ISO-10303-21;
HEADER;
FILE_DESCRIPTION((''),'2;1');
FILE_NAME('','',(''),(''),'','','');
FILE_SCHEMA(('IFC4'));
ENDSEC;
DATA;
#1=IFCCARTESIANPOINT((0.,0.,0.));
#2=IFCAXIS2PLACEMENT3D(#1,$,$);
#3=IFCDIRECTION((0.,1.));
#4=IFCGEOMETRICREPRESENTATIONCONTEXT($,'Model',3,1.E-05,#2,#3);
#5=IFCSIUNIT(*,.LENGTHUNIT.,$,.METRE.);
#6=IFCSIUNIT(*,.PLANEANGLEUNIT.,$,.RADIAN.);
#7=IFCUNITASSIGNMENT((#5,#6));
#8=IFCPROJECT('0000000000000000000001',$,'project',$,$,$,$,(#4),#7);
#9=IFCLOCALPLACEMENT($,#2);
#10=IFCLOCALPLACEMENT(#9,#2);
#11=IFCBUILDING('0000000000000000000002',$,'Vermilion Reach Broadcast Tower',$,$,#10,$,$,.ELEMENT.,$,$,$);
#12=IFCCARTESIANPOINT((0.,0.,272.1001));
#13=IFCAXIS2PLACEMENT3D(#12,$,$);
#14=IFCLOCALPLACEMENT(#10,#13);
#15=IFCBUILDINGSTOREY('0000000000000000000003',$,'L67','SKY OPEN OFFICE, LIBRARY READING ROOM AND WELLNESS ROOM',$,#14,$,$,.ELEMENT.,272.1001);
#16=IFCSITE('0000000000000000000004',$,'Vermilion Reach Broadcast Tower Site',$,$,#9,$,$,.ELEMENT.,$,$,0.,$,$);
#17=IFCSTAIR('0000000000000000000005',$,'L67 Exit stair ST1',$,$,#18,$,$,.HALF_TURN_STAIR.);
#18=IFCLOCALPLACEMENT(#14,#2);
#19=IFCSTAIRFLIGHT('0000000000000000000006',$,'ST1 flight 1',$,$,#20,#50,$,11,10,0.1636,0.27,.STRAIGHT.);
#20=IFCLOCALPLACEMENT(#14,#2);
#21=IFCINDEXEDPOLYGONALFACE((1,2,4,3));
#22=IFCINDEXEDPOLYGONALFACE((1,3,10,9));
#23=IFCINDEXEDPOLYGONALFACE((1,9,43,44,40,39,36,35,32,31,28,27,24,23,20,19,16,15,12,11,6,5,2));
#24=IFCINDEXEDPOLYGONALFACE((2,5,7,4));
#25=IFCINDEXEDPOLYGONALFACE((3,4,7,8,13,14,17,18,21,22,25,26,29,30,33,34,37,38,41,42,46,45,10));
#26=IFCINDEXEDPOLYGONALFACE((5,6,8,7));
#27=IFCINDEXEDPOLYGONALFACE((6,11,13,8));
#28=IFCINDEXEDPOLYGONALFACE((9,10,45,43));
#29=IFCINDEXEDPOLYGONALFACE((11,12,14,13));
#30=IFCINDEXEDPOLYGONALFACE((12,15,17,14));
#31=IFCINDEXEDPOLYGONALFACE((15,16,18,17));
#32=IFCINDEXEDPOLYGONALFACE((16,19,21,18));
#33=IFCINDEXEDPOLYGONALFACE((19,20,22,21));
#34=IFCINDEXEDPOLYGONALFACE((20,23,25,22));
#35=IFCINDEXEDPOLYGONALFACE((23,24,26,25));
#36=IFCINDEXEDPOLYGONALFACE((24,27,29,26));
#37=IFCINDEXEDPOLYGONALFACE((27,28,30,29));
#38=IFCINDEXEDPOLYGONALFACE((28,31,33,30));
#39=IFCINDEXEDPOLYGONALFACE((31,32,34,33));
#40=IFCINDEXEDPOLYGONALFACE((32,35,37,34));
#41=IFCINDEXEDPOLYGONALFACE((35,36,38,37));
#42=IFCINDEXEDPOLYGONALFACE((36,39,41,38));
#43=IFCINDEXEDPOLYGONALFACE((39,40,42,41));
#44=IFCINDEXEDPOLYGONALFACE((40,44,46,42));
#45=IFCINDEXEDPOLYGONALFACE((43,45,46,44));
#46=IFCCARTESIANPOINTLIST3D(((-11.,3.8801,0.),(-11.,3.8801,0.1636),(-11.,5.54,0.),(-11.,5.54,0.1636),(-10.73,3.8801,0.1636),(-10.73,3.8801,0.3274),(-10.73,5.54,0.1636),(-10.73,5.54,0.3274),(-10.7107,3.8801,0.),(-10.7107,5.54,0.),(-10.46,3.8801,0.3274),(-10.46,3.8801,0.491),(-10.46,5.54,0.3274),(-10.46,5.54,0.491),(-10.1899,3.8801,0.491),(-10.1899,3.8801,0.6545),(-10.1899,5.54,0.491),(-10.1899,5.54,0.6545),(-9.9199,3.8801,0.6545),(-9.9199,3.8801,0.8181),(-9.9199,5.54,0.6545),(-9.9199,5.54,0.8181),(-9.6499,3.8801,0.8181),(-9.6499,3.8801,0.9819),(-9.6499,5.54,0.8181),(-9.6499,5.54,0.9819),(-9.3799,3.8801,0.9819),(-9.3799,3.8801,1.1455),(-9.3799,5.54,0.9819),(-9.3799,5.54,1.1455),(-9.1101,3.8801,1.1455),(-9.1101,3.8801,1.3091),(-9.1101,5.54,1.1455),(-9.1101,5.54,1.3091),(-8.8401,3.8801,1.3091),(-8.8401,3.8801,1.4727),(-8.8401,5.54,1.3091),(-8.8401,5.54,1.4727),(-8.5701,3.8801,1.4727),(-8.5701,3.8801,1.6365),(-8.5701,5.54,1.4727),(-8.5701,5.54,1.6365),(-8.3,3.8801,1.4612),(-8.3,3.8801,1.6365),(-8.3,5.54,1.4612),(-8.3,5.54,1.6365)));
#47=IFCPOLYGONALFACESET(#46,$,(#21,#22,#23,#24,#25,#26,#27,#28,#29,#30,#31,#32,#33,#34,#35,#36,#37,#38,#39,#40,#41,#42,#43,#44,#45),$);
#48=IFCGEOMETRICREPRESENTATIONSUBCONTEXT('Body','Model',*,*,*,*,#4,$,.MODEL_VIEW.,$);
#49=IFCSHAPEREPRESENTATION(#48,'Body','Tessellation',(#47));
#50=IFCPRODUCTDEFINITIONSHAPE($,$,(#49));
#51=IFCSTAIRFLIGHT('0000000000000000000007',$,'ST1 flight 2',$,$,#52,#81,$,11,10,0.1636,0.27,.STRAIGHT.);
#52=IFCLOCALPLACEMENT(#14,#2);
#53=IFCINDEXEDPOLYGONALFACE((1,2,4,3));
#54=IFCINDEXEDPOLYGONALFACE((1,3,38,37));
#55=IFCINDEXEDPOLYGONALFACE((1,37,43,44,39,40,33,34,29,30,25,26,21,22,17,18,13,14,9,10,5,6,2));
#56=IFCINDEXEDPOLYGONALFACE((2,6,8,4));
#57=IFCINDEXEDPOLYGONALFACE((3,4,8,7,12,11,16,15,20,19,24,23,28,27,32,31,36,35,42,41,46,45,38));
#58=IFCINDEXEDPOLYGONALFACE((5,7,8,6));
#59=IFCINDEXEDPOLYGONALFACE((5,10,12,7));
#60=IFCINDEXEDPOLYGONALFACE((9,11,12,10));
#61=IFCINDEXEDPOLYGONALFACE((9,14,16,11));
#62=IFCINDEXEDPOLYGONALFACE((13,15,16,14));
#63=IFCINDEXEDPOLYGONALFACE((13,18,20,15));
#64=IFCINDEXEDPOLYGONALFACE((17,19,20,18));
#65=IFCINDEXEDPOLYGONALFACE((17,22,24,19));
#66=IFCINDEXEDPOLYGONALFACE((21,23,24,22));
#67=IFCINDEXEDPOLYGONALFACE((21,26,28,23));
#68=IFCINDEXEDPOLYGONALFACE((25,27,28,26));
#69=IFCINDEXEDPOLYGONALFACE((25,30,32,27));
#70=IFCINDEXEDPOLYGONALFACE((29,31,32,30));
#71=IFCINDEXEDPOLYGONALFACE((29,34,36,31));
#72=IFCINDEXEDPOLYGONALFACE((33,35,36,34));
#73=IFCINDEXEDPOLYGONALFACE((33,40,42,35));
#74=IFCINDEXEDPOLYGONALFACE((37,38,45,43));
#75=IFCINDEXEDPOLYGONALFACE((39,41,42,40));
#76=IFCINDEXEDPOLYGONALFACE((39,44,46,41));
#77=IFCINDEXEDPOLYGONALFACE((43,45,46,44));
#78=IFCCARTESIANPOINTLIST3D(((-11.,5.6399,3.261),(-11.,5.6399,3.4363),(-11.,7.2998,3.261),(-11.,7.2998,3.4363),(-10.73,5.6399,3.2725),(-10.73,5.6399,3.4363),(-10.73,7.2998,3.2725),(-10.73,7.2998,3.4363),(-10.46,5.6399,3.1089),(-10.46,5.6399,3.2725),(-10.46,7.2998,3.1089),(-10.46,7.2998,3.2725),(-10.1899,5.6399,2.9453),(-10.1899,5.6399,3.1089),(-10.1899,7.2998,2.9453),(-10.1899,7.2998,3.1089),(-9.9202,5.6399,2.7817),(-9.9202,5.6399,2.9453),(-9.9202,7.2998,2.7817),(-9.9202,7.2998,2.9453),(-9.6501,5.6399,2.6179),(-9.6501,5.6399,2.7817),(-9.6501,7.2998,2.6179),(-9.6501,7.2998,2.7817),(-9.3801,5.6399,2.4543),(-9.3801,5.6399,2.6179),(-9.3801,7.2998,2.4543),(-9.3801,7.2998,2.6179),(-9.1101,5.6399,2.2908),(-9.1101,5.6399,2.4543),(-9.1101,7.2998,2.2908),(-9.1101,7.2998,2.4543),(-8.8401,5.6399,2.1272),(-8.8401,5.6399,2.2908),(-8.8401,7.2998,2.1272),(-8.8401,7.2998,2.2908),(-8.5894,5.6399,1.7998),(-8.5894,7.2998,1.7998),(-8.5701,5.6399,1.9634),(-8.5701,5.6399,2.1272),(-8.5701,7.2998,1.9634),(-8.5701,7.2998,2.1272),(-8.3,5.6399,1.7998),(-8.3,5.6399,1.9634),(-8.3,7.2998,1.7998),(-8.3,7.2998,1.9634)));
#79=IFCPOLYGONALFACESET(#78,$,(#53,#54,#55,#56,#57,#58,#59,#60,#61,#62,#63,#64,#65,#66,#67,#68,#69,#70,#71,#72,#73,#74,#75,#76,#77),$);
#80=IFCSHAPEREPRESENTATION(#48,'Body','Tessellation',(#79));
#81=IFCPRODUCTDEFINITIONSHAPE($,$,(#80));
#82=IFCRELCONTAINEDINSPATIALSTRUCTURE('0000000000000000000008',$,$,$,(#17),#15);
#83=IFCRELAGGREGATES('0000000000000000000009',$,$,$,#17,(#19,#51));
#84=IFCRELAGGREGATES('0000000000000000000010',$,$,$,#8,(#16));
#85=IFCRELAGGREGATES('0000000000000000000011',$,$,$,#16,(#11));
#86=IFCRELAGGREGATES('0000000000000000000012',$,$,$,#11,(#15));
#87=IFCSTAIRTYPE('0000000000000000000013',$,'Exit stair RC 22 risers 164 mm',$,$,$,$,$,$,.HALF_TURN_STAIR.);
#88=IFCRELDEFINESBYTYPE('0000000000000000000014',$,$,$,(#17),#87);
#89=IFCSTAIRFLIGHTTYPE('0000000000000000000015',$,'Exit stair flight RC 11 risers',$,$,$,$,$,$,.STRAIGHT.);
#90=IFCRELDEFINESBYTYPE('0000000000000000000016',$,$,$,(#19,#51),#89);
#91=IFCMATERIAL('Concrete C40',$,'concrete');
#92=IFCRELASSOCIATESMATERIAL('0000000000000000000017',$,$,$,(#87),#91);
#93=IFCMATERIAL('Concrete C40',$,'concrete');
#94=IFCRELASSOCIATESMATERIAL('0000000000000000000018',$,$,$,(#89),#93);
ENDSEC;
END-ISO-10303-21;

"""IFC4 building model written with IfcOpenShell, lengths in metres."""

from ifc_helpers import new_model, si_unit, direction, frame, origin, place, context, subcontext, project, spatial, polyline, outline, extrude, material, type_object, element, aggregate, save


model = new_model("IFC4")

# Units and contexts
model_context = context("Model", 3, precision=1e-05, world=origin(), true_north=direction((0.0, 1.0)))
body_context = subcontext(model_context, "Body", "Model", "MODEL_VIEW")
ifc_project = project(units=[si_unit("LENGTHUNIT", "METRE"), si_unit("PLANEANGLEUNIT", "RADIAN")], contexts=[model_context])

# Site, building, storey
site_placement = place(None, origin())
site = spatial("IfcSite", under=ifc_project, at=site_placement, Name="Vermilion Reach Broadcast Tower Site", CompositionType="ELEMENT", RefElevation=0.0)
building_placement = place(site_placement, origin())
building = spatial("IfcBuilding", under=site, at=building_placement, Name="Vermilion Reach Broadcast Tower", CompositionType="ELEMENT")
storey_placement = place(building_placement, frame((0.0, 0.0, 272.1001)))
storey = spatial("IfcBuildingStorey", under=building, at=storey_placement, Name="L67", Description="SKY OPEN OFFICE, LIBRARY READING ROOM AND WELLNESS ROOM", CompositionType="ELEMENT", Elevation=272.1001)

# Stair, stair flights
ifc_material_1 = material(Name="Concrete C40", Category="concrete")
stair_type = type_object("IfcStairType", Name="Exit stair RC 22 risers 164 mm", PredefinedType="HALF_TURN_STAIR", material=ifc_material_1)
stair_placement = place(storey_placement, origin())
stair = element("IfcStair", 1, at=stair_placement, inside=storey, type_object=stair_type, Name="L67 Exit stair ST1", PredefinedType="HALF_TURN_STAIR")
ifc_material_2 = material(Name="Concrete C40", Category="concrete")
stair_flight_type = type_object("IfcStairFlightType", Name="Exit stair flight RC 11 risers", PredefinedType="STRAIGHT", material=ifc_material_2)
stair_flight_1_placement = place(storey_placement, frame((-11.0, 4.71, 0.0), z_axis=(0.0, 0.0, 1.0), x_axis=(1.0, 0.0, 0.0)))
stair_flight_1 = element("IfcStairFlight", 2, at=stair_flight_1_placement, type_object=stair_flight_type, Name="ST1 flight 1", NumberOfRisers=11, NumberOfTreads=10, PredefinedType="STRAIGHT", RiserHeight=0.1636, TreadLength=0.27, context=body_context, shape_type="SweptSolid", body=[
    extrude(outline(polyline([(0.0, 0.0), (0.0, 0.1636), (0.27, 0.1636), (0.27, 0.3274), (0.54, 0.3274), (0.54, 0.491), (0.8101, 0.491), (0.8101, 0.6545), (1.0801, 0.6545), (1.0801, 0.8181), (1.3501, 0.8181), (1.3501, 0.9819), (1.6201, 0.9819), (1.6201, 1.1455), (1.8899, 1.1455), (1.8899, 1.3091), (2.1599, 1.3091), (2.1599, 1.4727), (2.4299, 1.4727), (2.4299, 1.6365), (2.7, 1.6365), (2.7, 1.8), (2.7, 1.4612), (0.2893, 0.0), (0.0, 0.0)])), frame((0.0, 0.8301, 0.0), z_axis=(0.0, -1.0, 0.0), x_axis=(1.0, 0.0, 0.0)), (0.0, 0.0, 1.0), 1.6599),
])
stair_flight_2_placement = place(storey_placement, frame((-8.3, 6.47, 1.7998), z_axis=(0.0, 0.0, 1.0), x_axis=(-1.0, 0.0, 0.0)))
stair_flight_2 = element("IfcStairFlight", 3, at=stair_flight_2_placement, type_object=stair_flight_type, Name="ST1 flight 2", NumberOfRisers=11, NumberOfTreads=10, PredefinedType="STRAIGHT", RiserHeight=0.1636, TreadLength=0.27, context=body_context, shape_type="SweptSolid", body=[
    extrude(outline(polyline([(0.0, 0.0), (0.0, 0.1636), (0.27, 0.1636), (0.27, 0.3274), (0.54, 0.3274), (0.54, 0.491), (0.8101, 0.491), (0.8101, 0.6545), (1.0801, 0.6545), (1.0801, 0.8181), (1.3501, 0.8181), (1.3501, 0.9819), (1.6201, 0.9819), (1.6201, 1.1455), (1.8899, 1.1455), (1.8899, 1.3091), (2.1599, 1.3091), (2.1599, 1.4727), (2.4299, 1.4727), (2.4299, 1.6365), (2.7, 1.6365), (2.7, 1.8), (2.7, 1.4612), (0.2893, 0.0), (0.0, 0.0)])), frame((0.0, 0.8301, 0.0), z_axis=(0.0, -1.0, 0.0), x_axis=(1.0, 0.0, 0.0)), (0.0, 0.0, 1.0), 1.6599),
])
aggregate(stair, [stair_flight_1, stair_flight_2])

save(model, "model.ifc")
